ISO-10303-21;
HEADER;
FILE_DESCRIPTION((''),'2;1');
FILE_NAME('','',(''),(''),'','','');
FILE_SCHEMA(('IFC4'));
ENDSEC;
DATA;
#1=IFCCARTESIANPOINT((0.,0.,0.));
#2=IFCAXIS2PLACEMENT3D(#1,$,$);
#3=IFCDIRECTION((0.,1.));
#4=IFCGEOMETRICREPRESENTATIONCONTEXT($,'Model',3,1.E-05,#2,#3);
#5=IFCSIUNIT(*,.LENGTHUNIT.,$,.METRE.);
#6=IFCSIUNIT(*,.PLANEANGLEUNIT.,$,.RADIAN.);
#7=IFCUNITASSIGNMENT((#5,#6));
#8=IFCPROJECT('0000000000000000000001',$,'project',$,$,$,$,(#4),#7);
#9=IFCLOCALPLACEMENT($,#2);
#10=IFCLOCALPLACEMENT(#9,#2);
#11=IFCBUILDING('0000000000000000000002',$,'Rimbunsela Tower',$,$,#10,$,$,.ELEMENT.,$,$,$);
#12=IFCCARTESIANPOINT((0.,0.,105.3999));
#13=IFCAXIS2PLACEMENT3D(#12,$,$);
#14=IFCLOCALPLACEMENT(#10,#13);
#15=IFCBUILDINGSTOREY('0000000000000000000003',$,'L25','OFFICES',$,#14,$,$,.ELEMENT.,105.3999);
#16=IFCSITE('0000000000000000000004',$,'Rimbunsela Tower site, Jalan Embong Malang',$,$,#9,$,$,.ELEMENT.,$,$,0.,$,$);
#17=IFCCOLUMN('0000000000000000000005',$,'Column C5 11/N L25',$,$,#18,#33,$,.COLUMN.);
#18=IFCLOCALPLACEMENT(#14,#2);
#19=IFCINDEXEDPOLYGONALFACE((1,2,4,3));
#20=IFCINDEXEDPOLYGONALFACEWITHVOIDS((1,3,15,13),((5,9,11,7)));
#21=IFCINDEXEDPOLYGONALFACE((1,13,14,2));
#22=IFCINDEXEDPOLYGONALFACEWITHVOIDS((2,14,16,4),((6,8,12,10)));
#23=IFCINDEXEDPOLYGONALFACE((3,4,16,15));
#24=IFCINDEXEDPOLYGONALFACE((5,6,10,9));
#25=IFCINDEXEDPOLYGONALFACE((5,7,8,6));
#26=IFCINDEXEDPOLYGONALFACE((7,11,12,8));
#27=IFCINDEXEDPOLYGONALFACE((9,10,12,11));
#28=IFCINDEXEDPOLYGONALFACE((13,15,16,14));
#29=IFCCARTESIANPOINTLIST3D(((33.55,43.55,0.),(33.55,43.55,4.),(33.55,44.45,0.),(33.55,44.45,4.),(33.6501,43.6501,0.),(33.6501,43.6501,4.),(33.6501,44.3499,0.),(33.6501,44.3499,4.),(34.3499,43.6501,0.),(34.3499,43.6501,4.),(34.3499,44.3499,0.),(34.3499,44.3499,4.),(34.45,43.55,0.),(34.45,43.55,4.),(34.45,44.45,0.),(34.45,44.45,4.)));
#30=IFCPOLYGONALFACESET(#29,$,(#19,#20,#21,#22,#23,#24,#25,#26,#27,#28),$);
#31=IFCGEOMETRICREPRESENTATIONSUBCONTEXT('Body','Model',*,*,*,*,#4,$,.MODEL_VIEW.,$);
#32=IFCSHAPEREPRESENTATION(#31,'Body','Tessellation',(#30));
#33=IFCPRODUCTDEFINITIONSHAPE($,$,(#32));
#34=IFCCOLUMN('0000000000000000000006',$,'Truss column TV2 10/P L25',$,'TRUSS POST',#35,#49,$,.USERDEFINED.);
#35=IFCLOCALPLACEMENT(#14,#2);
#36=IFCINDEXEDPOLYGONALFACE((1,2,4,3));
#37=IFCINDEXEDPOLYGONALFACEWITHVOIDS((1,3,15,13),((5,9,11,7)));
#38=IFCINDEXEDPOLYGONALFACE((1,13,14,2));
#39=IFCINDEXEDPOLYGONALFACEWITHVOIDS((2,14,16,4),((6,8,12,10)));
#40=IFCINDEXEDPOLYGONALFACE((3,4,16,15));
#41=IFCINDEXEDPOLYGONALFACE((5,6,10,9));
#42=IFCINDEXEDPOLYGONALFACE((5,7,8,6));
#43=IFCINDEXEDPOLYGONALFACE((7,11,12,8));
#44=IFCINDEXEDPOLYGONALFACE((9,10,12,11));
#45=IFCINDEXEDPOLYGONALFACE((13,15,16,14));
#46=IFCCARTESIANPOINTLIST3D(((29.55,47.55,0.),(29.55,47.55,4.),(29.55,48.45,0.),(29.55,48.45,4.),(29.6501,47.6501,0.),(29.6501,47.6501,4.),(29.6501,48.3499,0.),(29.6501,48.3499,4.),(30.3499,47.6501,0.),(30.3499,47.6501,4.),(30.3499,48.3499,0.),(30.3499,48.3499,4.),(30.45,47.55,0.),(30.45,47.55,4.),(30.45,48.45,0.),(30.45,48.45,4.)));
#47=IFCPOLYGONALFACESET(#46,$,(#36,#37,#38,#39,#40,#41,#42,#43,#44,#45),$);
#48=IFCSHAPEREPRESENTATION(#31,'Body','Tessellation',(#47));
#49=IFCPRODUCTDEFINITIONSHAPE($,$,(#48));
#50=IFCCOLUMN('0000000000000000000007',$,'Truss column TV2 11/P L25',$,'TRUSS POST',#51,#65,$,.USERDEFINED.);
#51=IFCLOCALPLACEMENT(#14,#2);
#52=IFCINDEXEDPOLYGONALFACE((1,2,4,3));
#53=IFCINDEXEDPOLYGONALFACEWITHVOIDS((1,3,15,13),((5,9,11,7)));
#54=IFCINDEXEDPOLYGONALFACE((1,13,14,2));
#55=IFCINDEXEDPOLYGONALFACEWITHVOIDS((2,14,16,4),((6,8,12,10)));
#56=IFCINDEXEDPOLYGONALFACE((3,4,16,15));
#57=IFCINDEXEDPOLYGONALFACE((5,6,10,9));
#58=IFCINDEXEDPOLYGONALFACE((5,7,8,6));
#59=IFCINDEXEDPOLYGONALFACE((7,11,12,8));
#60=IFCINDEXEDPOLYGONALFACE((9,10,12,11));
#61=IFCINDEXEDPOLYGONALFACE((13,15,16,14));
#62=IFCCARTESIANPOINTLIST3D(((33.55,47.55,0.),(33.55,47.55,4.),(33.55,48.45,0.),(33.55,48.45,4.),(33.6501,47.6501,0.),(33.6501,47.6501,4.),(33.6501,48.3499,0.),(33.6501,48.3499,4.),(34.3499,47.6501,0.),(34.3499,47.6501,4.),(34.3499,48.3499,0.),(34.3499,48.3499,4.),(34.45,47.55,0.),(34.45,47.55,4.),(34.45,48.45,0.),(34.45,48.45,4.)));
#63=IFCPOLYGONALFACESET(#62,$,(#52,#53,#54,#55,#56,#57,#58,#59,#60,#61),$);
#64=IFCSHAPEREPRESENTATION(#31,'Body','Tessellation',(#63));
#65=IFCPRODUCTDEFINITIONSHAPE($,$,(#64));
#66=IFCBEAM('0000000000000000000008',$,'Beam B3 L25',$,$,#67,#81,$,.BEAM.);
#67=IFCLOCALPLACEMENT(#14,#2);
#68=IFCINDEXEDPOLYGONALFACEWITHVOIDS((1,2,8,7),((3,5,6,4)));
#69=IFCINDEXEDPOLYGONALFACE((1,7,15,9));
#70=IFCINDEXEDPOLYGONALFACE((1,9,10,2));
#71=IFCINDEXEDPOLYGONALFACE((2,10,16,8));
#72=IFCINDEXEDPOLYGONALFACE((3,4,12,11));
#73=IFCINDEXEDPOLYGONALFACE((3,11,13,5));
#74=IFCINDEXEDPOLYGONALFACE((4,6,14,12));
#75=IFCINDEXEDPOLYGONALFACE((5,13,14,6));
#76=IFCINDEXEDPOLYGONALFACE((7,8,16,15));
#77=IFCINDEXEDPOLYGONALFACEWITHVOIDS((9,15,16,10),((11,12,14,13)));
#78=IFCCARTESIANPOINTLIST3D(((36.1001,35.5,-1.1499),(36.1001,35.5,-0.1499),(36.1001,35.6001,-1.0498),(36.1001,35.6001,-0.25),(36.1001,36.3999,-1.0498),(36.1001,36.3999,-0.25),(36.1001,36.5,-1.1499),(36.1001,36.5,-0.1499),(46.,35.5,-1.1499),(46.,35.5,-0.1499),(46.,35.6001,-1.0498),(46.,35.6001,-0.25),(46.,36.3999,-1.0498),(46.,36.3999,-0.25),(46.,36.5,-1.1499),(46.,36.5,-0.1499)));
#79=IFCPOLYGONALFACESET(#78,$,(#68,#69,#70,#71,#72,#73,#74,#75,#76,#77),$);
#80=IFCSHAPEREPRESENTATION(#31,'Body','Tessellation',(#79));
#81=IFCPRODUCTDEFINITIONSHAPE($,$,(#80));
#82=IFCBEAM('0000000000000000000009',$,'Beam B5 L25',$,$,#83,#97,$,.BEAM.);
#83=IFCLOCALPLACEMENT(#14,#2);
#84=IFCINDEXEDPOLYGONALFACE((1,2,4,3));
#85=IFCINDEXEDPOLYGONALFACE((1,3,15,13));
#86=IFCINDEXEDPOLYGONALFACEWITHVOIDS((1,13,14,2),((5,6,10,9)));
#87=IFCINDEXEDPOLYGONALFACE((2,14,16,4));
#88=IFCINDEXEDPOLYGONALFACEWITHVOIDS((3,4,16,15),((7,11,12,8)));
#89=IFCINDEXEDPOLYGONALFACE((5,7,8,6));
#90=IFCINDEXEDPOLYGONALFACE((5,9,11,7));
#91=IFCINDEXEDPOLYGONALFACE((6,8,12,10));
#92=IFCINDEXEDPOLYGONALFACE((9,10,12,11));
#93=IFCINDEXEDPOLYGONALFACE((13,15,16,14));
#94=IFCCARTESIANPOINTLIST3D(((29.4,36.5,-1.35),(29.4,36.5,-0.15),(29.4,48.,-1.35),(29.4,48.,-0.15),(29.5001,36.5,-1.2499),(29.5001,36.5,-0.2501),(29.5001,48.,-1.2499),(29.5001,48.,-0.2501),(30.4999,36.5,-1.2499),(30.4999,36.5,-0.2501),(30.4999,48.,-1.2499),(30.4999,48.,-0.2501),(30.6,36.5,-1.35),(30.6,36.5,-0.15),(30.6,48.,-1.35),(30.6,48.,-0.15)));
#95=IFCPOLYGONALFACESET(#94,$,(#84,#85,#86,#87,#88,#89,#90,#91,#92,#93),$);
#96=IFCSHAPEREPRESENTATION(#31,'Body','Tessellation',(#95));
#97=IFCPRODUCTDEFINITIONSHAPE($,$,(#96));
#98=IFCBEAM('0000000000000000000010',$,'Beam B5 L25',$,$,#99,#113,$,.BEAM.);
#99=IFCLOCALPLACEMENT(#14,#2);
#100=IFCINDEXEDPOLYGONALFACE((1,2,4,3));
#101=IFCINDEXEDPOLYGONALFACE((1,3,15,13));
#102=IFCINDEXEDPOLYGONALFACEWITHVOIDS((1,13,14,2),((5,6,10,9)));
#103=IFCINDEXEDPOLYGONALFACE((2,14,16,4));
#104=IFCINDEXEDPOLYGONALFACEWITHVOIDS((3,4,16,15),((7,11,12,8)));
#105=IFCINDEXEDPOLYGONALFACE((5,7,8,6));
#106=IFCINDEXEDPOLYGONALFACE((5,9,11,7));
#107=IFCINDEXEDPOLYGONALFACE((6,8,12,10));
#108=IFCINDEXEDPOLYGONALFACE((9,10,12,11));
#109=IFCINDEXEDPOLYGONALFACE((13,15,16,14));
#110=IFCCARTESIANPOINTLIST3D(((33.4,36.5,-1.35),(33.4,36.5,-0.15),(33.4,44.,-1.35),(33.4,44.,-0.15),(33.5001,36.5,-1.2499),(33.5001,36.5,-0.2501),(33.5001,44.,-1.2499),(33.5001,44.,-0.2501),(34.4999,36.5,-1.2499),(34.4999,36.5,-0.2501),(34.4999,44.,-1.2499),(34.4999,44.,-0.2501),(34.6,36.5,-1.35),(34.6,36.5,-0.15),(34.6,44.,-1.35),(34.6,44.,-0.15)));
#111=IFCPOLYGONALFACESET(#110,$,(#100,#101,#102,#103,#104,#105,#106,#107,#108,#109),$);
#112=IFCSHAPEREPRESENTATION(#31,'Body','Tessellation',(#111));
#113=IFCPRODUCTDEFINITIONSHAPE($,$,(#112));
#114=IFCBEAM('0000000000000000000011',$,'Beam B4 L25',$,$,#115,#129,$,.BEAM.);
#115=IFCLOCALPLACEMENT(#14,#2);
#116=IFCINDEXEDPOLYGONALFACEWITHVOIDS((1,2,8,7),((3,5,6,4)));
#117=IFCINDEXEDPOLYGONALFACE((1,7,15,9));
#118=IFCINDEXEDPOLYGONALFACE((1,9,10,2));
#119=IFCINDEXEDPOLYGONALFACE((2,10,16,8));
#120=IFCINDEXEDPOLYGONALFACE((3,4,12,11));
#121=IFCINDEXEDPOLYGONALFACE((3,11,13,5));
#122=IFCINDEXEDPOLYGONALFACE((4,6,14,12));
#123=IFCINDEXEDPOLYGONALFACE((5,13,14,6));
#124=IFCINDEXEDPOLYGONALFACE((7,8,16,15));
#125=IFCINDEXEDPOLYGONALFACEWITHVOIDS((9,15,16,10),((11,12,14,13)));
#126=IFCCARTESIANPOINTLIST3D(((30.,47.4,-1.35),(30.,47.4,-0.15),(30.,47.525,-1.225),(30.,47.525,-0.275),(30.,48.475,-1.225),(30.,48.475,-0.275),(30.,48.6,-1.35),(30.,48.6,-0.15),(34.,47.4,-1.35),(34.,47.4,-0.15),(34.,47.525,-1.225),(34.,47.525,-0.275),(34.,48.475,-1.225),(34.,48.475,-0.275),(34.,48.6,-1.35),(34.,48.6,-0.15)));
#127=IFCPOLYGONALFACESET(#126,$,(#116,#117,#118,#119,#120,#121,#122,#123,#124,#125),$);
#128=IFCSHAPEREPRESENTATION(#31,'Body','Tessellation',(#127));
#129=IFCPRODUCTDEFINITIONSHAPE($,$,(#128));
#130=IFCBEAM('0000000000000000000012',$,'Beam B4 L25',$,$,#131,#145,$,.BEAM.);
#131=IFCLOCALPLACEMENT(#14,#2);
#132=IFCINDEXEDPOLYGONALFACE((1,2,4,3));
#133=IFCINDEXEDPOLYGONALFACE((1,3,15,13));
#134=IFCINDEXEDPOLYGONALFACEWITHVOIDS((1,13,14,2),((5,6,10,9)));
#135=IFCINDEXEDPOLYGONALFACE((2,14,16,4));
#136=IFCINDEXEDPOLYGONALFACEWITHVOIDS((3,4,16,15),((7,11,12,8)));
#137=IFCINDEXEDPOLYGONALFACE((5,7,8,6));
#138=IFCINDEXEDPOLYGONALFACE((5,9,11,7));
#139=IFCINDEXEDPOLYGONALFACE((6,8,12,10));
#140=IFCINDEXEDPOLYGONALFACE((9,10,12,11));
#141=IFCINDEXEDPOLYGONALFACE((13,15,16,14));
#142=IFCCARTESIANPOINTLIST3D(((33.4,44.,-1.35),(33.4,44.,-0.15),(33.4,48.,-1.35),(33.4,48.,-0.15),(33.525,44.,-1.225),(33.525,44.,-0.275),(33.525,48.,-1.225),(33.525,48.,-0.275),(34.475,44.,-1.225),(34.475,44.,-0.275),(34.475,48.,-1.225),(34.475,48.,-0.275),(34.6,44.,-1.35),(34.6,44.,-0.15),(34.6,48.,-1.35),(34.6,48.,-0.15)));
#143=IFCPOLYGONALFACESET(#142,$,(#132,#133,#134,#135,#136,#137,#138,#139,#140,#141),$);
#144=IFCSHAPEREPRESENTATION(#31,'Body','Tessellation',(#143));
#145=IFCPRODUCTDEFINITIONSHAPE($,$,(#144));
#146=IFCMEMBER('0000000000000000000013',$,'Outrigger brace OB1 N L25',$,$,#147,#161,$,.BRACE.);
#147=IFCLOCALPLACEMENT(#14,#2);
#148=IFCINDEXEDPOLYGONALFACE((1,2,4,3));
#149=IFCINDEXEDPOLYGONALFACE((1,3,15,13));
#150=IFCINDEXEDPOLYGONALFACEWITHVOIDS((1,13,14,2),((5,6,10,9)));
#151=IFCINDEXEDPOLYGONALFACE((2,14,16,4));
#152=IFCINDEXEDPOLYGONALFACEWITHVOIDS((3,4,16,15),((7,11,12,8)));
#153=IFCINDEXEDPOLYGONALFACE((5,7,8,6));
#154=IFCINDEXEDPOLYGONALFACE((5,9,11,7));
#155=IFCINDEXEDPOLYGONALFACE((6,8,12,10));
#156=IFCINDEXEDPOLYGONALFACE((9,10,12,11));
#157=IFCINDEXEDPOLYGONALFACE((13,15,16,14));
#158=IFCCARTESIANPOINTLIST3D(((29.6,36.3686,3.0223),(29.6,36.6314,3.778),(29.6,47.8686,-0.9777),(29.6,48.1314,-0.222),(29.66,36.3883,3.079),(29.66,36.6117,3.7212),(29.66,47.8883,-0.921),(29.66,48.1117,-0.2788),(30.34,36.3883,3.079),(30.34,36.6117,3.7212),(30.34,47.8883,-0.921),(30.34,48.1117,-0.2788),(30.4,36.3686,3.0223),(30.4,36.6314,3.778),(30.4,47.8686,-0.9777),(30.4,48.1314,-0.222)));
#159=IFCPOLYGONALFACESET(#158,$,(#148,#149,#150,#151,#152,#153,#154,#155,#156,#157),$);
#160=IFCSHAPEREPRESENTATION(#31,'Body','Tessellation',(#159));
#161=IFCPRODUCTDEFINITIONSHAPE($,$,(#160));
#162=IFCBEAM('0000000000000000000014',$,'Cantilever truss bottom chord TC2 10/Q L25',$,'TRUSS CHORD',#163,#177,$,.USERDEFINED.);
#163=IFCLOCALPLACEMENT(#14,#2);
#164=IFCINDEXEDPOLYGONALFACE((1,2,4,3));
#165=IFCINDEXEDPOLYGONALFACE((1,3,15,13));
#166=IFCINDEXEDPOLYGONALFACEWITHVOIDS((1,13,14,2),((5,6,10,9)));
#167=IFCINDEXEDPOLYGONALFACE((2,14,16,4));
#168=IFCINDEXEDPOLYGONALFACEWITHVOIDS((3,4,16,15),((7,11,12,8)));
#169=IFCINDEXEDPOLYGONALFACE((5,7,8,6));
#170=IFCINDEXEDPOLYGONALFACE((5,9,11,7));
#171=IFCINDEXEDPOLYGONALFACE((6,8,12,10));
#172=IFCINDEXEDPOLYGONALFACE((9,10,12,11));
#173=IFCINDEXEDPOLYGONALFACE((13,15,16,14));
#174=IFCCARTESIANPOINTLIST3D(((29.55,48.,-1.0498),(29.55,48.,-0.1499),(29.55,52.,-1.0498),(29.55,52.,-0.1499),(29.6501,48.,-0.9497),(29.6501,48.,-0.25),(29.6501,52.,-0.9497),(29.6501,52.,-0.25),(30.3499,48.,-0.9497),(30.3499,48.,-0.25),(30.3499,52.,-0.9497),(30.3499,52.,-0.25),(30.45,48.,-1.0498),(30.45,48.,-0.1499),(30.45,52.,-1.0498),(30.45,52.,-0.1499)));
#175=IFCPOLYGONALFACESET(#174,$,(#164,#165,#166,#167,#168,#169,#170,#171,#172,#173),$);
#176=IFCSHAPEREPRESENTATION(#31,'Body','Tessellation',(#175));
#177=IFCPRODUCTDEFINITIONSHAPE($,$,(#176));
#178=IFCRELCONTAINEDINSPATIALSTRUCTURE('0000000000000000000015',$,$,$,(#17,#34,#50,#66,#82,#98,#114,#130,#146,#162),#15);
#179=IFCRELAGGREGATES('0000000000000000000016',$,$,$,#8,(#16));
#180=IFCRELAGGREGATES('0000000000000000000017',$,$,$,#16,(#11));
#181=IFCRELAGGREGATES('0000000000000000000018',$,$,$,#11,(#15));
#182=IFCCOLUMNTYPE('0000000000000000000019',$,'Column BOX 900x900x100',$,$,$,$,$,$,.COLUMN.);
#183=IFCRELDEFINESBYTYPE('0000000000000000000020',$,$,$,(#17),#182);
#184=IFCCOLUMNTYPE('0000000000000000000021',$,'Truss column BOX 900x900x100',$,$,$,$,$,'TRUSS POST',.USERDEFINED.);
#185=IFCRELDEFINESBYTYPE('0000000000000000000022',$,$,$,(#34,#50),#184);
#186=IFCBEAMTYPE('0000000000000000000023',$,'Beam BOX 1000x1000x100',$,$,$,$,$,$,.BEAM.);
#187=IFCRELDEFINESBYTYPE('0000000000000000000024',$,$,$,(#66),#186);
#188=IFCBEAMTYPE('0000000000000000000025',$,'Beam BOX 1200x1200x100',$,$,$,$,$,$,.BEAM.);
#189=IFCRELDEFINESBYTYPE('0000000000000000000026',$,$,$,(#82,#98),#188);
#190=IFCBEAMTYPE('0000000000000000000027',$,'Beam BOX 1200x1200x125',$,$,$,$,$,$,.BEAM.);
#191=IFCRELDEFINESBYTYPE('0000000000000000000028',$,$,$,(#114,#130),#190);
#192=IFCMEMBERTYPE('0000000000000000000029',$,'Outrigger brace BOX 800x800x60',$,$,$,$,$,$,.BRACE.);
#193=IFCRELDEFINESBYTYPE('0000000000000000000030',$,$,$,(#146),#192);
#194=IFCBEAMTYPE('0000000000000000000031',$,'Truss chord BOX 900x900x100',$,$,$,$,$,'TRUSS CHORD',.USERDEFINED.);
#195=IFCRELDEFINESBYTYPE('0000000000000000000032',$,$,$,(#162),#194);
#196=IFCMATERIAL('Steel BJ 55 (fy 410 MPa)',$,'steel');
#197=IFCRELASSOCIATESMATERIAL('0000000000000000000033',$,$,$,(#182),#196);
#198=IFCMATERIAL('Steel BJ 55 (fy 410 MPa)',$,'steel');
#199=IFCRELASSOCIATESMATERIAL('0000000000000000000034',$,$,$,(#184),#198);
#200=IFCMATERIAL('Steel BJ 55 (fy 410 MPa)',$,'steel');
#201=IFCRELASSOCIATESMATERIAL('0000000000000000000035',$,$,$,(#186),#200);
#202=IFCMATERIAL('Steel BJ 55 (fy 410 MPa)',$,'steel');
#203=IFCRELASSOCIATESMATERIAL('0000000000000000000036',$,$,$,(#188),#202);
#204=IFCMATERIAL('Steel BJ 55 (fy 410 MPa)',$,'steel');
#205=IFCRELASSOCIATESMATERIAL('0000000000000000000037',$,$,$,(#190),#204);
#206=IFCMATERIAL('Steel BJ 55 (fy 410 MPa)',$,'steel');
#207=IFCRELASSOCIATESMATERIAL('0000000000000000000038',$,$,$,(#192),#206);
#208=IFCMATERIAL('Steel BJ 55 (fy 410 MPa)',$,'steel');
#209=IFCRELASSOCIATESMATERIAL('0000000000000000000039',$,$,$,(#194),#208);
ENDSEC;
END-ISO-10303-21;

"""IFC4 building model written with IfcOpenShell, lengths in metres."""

from ifc_helpers import new_model, si_unit, direction, frame, origin, origin_2d, place, context, subcontext, project, spatial, hollow_rectangle, extrude, material, material_profile, profile_set, type_object, element, save


model = new_model("IFC4")

# Units and contexts
model_context = context("Model", 3, precision=1e-05, world=origin(), true_north=direction((0.0, 1.0)))
body_context = subcontext(model_context, "Body", "Model", "MODEL_VIEW")
ifc_project = project(units=[si_unit("LENGTHUNIT", "METRE"), si_unit("PLANEANGLEUNIT", "RADIAN")], contexts=[model_context])

# Site, building, storey
site_placement = place(None, origin())
site = spatial("IfcSite", under=ifc_project, at=site_placement, Name="Rimbunsela Tower site, Jalan Embong Malang", CompositionType="ELEMENT", RefElevation=0.0)
building_placement = place(site_placement, origin())
building = spatial("IfcBuilding", under=site, at=building_placement, Name="Rimbunsela Tower", CompositionType="ELEMENT")
storey_placement = place(building_placement, frame((0.0, 0.0, 105.3999)))
storey = spatial("IfcBuildingStorey", under=building, at=storey_placement, Name="L25", Description="OFFICES", CompositionType="ELEMENT", Elevation=105.3999)

# Columns
ifc_material_1 = material(Name="Steel BJ 55 (fy 410 MPa)", Category="steel")
ifc_material_profile_1 = material_profile(ifc_material_1, hollow_rectangle(XDim=0.8999, YDim=0.8999, WallThickness=0.1001, at=origin_2d()), Name="BOX 900x900x100")
ifc_profile_set_1 = profile_set([ifc_material_profile_1], Name="Steel BJ 55 (fy 410 MPa)")
column_type_1 = type_object("IfcColumnType", Name="Column BOX 900x900x100", PredefinedType="COLUMN", material=ifc_profile_set_1)
column_placement = place(storey_placement, frame((34.0, 44.0, 0.0), z_axis=(0.0, 0.0, 1.0), x_axis=(1.0, 0.0, 0.0)))
element("IfcColumn", 1, at=column_placement, inside=storey, type_object=column_type_1, Name="Column C5 11/N L25", PredefinedType="COLUMN", context=body_context, shape_type="SweptSolid", body=[
    extrude(hollow_rectangle(XDim=0.8999, YDim=0.8999, WallThickness=0.1001, at=origin_2d()), origin(), (0.0, 0.0, 1.0), 4.0),
])
ifc_material_2 = material(Name="Steel BJ 55 (fy 410 MPa)", Category="steel")
ifc_material_profile_2 = material_profile(ifc_material_2, hollow_rectangle(XDim=0.8999, YDim=0.8999, WallThickness=0.1001, at=origin_2d()), Name="BOX 900x900x100")
ifc_profile_set_2 = profile_set([ifc_material_profile_2], Name="Steel BJ 55 (fy 410 MPa)")
column_type_2 = type_object("IfcColumnType", Name="Truss column BOX 900x900x100", ElementType="TRUSS POST", PredefinedType="USERDEFINED", material=ifc_profile_set_2)
for number, where, z_axis, x_axis, name in (
    (2, (30.0, 48.0, 0.0), (0.0, 0.0, 1.0), (1.0, 0.0, 0.0), "Truss column TV2 10/P L25"),
    (3, (34.0, 48.0, 0.0), (0.0, 0.0, 1.0), (1.0, 0.0, 0.0), "Truss column TV2 11/P L25"),
):
    element("IfcColumn", number, at=place(storey_placement, frame(where, z_axis=z_axis, x_axis=x_axis)), inside=storey, type_object=column_type_2, Name=name, ObjectType="TRUSS POST", PredefinedType="USERDEFINED", context=body_context, shape_type="SweptSolid", body=[
        extrude(hollow_rectangle(XDim=0.8999, YDim=0.8999, WallThickness=0.1001, at=origin_2d()), origin(), (0.0, 0.0, 1.0), 4.0),
    ])

# Beams
ifc_material_3 = material(Name="Steel BJ 55 (fy 410 MPa)", Category="steel")
ifc_material_profile_3 = material_profile(ifc_material_3, hollow_rectangle(XDim=1.0, YDim=1.0, WallThickness=0.1001, at=origin_2d()), Name="BOX 1000x1000x100")
ifc_profile_set_3 = profile_set([ifc_material_profile_3], Name="Steel BJ 55 (fy 410 MPa)")
beam_type_1 = type_object("IfcBeamType", Name="Beam BOX 1000x1000x100", PredefinedType="BEAM", material=ifc_profile_set_3)
beam_1_placement = place(storey_placement, frame((36.1001, 36.0, -0.6499), z_axis=(1.0, 0.0, 0.0), x_axis=(0.0, 1.0, 0.0)))
element("IfcBeam", 4, at=beam_1_placement, inside=storey, type_object=beam_type_1, Name="Beam B3 L25", PredefinedType="BEAM", context=body_context, shape_type="SweptSolid", body=[
    extrude(hollow_rectangle(XDim=1.0, YDim=1.0, WallThickness=0.1001, at=origin_2d()), origin(), (0.0, 0.0, 1.0), 9.8999),
])
ifc_material_4 = material(Name="Steel BJ 55 (fy 410 MPa)", Category="steel")
ifc_material_profile_4 = material_profile(ifc_material_4, hollow_rectangle(XDim=1.2, YDim=1.2, WallThickness=0.1001, at=origin_2d()), Name="BOX 1200x1200x100")
ifc_profile_set_4 = profile_set([ifc_material_profile_4], Name="Steel BJ 55 (fy 410 MPa)")
beam_type_2 = type_object("IfcBeamType", Name="Beam BOX 1200x1200x100", PredefinedType="BEAM", material=ifc_profile_set_4)
beam_2_placement = place(storey_placement, frame((30.0, 36.5, -0.75), z_axis=(0.0, 1.0, 0.0), x_axis=(-1.0, 0.0, 0.0)))
element("IfcBeam", 5, at=beam_2_placement, inside=storey, type_object=beam_type_2, Name="Beam B5 L25", PredefinedType="BEAM", context=body_context, shape_type="SweptSolid", body=[
    extrude(hollow_rectangle(XDim=1.2, YDim=1.2, WallThickness=0.1001, at=origin_2d()), origin(), (0.0, 0.0, 1.0), 11.5),
])
beam_3_placement = place(storey_placement, frame((34.0, 36.5, -0.75), z_axis=(0.0, 1.0, 0.0), x_axis=(-1.0, 0.0, 0.0)))
element("IfcBeam", 6, at=beam_3_placement, inside=storey, type_object=beam_type_2, Name="Beam B5 L25", PredefinedType="BEAM", context=body_context, shape_type="SweptSolid", body=[
    extrude(hollow_rectangle(XDim=1.2, YDim=1.2, WallThickness=0.1001, at=origin_2d()), origin(), (0.0, 0.0, 1.0), 7.5),
])
ifc_material_5 = material(Name="Steel BJ 55 (fy 410 MPa)", Category="steel")
ifc_material_profile_5 = material_profile(ifc_material_5, hollow_rectangle(XDim=1.2, YDim=1.2, WallThickness=0.125, at=origin_2d()), Name="BOX 1200x1200x125")
ifc_profile_set_5 = profile_set([ifc_material_profile_5], Name="Steel BJ 55 (fy 410 MPa)")
beam_type_3 = type_object("IfcBeamType", Name="Beam BOX 1200x1200x125", PredefinedType="BEAM", material=ifc_profile_set_5)
for number, where, z_axis, x_axis, name in (
    (7, (30.0, 48.0, -0.75), (1.0, 0.0, 0.0), (0.0, 1.0, 0.0), "Beam B4 L25"),
    (8, (34.0, 44.0, -0.75), (0.0, 1.0, 0.0), (-1.0, 0.0, 0.0), "Beam B4 L25"),
):
    element("IfcBeam", number, at=place(storey_placement, frame(where, z_axis=z_axis, x_axis=x_axis)), inside=storey, type_object=beam_type_3, Name=name, PredefinedType="BEAM", context=body_context, shape_type="SweptSolid", body=[
        extrude(hollow_rectangle(XDim=1.2, YDim=1.2, WallThickness=0.125, at=origin_2d()), origin(), (0.0, 0.0, 1.0), 4.0),
    ])

# Member
ifc_material_6 = material(Name="Steel BJ 55 (fy 410 MPa)", Category="steel")
ifc_material_profile_6 = material_profile(ifc_material_6, hollow_rectangle(XDim=0.8, YDim=0.8, WallThickness=0.0601, at=origin_2d()), Name="BOX 800x800x60")
ifc_profile_set_6 = profile_set([ifc_material_profile_6], Name="Steel BJ 55 (fy 410 MPa)")
member_type_1 = type_object("IfcMemberType", Name="Outrigger brace BOX 800x800x60", PredefinedType="BRACE", material=ifc_profile_set_6)
member_placement = place(storey_placement, frame((30.0, 48.0, -0.5999), z_axis=(0.0, -0.944497, 0.328521), x_axis=(1.0, 0.0, 0.0)))
element("IfcMember", 9, at=member_placement, inside=storey, type_object=member_type_1, Name="Outrigger brace OB1 N L25", PredefinedType="BRACE", context=body_context, shape_type="SweptSolid", body=[
    extrude(hollow_rectangle(XDim=0.8, YDim=0.8, WallThickness=0.0601, at=origin_2d()), origin(), (0.0, 0.0, 1.0), 12.1758),
])

# Beam
ifc_material_7 = material(Name="Steel BJ 55 (fy 410 MPa)", Category="steel")
ifc_material_profile_7 = material_profile(ifc_material_7, hollow_rectangle(XDim=0.8999, YDim=0.8999, WallThickness=0.1001, at=origin_2d()), Name="BOX 900x900x100")
ifc_profile_set_7 = profile_set([ifc_material_profile_7], Name="Steel BJ 55 (fy 410 MPa)")
beam_type_4 = type_object("IfcBeamType", Name="Truss chord BOX 900x900x100", ElementType="TRUSS CHORD", PredefinedType="USERDEFINED", material=ifc_profile_set_7)
beam_4_placement = place(storey_placement, frame((30.0, 48.0, -0.5999), z_axis=(0.0, 1.0, 0.0), x_axis=(-1.0, 0.0, 0.0)))
element("IfcBeam", 10, at=beam_4_placement, inside=storey, type_object=beam_type_4, Name="Cantilever truss bottom chord TC2 10/Q L25", ObjectType="TRUSS CHORD", PredefinedType="USERDEFINED", context=body_context, shape_type="SweptSolid", body=[
    extrude(hollow_rectangle(XDim=0.8999, YDim=0.8999, WallThickness=0.1001, at=origin_2d()), origin(), (0.0, 0.0, 1.0), 4.0),
])

save(model, "model.ifc")
